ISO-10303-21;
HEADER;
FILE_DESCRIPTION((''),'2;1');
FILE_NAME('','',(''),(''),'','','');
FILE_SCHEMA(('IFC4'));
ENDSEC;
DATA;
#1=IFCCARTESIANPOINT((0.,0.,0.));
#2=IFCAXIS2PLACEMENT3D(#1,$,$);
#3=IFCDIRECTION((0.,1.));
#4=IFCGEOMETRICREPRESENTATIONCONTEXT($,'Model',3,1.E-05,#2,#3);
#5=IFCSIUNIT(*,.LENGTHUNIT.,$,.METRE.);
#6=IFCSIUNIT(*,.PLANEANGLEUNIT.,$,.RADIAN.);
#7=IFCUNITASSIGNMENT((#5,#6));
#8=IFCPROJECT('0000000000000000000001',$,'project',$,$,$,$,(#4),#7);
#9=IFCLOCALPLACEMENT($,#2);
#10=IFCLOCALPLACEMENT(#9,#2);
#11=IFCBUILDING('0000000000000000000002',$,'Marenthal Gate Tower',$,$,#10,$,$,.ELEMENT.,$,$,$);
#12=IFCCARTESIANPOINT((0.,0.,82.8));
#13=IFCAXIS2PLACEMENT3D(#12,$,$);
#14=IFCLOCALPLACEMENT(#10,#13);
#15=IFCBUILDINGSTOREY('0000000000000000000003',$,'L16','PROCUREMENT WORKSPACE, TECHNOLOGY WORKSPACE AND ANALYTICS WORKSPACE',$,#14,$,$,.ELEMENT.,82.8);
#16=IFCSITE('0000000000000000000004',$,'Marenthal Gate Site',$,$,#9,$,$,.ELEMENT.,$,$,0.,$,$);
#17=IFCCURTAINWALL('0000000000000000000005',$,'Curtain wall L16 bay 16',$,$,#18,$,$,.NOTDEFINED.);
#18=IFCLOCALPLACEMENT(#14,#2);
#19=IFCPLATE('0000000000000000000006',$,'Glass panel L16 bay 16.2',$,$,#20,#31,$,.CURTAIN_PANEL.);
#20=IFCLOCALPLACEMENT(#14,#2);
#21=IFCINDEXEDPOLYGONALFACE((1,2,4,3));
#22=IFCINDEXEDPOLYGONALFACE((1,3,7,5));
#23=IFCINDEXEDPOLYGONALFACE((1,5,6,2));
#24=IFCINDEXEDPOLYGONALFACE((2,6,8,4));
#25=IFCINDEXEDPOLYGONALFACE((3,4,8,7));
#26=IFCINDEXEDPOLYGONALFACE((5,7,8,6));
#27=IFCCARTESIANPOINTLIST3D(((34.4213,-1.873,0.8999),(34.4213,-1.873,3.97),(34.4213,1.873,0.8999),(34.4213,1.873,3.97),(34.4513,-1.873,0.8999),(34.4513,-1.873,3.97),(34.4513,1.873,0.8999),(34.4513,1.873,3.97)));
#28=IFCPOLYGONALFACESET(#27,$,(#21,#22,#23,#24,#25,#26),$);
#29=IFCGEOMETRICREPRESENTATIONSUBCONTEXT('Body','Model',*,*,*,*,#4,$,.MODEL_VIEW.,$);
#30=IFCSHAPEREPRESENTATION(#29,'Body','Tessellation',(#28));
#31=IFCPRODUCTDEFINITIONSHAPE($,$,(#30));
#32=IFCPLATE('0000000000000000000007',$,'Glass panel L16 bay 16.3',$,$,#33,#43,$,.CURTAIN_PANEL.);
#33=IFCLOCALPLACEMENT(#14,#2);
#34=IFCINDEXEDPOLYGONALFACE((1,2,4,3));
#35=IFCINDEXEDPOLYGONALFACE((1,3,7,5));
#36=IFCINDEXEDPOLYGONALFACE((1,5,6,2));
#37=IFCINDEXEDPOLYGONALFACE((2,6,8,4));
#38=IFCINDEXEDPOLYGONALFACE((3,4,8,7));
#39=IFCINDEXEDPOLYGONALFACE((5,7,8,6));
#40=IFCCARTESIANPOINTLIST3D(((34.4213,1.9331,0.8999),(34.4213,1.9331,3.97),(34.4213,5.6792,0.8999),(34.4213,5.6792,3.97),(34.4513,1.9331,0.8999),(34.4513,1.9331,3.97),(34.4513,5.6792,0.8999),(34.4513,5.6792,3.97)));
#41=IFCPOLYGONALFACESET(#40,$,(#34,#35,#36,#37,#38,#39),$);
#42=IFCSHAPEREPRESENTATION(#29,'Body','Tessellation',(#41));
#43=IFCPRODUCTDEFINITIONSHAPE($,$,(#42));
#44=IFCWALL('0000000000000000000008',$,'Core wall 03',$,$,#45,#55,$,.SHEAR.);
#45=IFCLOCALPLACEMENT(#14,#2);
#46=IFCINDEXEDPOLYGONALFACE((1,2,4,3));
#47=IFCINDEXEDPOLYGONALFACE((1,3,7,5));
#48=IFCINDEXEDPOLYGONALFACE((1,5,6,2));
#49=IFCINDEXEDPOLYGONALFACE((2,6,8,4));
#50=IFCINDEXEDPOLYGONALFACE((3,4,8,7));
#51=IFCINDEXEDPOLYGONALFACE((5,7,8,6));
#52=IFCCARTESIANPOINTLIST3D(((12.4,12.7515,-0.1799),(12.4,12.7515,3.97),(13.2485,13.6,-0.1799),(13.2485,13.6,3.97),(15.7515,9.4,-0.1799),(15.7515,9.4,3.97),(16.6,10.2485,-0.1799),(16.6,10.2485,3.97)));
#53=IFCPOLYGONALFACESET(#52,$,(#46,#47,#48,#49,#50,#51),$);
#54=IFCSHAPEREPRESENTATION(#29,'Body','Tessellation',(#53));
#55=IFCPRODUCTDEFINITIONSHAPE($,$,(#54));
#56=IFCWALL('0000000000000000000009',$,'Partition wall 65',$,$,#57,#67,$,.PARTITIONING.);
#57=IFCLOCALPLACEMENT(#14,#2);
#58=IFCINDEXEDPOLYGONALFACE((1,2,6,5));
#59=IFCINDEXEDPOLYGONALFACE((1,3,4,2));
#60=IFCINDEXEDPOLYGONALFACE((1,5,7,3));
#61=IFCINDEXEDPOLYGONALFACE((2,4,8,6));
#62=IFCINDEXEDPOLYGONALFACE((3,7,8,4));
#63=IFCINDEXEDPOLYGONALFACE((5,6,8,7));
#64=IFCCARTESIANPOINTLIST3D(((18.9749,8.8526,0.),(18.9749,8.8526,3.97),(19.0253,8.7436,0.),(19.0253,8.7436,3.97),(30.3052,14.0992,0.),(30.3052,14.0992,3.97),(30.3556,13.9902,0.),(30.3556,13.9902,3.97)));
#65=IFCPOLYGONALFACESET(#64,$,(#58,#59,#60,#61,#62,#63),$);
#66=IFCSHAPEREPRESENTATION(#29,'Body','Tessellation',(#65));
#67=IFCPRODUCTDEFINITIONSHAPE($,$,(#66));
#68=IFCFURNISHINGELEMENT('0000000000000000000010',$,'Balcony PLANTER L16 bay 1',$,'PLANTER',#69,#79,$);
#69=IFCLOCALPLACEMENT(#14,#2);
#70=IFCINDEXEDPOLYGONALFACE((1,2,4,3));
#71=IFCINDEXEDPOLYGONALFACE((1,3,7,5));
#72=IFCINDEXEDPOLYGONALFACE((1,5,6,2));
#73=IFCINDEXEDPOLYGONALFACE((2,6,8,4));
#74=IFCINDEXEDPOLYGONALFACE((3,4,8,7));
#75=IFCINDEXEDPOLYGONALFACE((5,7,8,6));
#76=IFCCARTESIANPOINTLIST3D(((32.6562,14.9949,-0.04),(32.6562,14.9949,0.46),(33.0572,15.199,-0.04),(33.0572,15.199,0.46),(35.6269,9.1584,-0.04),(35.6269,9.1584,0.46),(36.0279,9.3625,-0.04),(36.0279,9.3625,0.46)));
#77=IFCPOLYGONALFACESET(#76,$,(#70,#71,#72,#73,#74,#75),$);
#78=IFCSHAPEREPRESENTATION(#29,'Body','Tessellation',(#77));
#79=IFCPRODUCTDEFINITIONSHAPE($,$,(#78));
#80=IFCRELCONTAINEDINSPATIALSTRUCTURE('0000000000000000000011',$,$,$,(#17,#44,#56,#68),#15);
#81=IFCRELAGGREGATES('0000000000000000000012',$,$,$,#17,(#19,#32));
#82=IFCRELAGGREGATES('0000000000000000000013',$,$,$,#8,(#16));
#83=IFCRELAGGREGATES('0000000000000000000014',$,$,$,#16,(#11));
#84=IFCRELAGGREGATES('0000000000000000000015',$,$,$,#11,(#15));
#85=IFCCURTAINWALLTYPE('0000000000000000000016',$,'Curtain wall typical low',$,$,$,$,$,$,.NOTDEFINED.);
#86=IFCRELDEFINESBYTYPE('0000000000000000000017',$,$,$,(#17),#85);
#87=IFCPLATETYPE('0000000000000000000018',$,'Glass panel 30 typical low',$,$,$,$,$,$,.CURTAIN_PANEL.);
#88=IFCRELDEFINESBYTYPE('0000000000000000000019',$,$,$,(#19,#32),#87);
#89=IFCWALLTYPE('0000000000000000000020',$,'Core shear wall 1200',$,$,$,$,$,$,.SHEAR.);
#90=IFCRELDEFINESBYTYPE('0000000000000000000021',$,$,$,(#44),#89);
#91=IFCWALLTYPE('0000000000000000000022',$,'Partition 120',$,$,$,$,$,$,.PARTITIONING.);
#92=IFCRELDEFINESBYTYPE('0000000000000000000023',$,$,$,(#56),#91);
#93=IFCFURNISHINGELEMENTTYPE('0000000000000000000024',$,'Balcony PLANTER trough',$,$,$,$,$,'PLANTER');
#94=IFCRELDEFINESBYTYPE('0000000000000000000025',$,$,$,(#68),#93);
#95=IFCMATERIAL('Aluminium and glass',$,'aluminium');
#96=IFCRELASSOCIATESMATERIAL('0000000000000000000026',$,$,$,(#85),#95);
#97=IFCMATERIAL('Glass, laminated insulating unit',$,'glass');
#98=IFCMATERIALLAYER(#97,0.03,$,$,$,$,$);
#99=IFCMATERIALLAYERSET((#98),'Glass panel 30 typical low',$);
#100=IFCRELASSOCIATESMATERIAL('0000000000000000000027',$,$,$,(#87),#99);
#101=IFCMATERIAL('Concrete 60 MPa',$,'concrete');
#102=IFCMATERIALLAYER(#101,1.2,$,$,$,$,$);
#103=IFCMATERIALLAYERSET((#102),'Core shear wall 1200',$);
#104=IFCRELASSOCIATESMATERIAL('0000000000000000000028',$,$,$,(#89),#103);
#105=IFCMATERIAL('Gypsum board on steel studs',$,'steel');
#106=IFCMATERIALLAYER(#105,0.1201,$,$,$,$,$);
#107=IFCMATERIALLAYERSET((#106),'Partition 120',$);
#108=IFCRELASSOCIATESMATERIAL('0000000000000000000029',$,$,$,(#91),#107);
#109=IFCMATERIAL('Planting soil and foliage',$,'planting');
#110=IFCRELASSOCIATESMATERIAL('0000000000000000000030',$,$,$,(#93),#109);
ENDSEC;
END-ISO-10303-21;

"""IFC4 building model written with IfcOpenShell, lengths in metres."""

from ifc_helpers import new_model, si_unit, direction, frame, frame_2d, origin, origin_2d, place, context, subcontext, project, spatial, rectangle, extrude, material, layer, layer_set, type_object, element, aggregate, save


model = new_model("IFC4")

# Units and contexts
model_context = context("Model", 3, precision=1e-05, world=origin(), true_north=direction((0.0, 1.0)))
body_context = subcontext(model_context, "Body", "Model", "MODEL_VIEW")
ifc_project = project(units=[si_unit("LENGTHUNIT", "METRE"), si_unit("PLANEANGLEUNIT", "RADIAN")], contexts=[model_context])

# Site, building, storey
site_placement = place(None, origin())
site = spatial("IfcSite", under=ifc_project, at=site_placement, Name="Marenthal Gate Site", CompositionType="ELEMENT", RefElevation=0.0)
building_placement = place(site_placement, origin())
building = spatial("IfcBuilding", under=site, at=building_placement, Name="Marenthal Gate Tower", CompositionType="ELEMENT")
storey_placement = place(building_placement, frame((0.0, 0.0, 82.8)))
storey = spatial("IfcBuildingStorey", under=building, at=storey_placement, Name="L16", Description="PROCUREMENT WORKSPACE, TECHNOLOGY WORKSPACE AND ANALYTICS WORKSPACE", CompositionType="ELEMENT", Elevation=82.8)

# Curtain wall
ifc_material_1 = material(Name="Aluminium and glass", Category="aluminium")
curtain_wall_type = type_object("IfcCurtainWallType", Name="Curtain wall typical low", PredefinedType="NOTDEFINED", material=ifc_material_1)
curtain_wall_placement = place(storey_placement, origin())
curtain_wall = element("IfcCurtainWall", 1, at=curtain_wall_placement, inside=storey, type_object=curtain_wall_type, Name="Curtain wall L16 bay 16", PredefinedType="NOTDEFINED")

# Plates
ifc_material_2 = material(Name="Glass, laminated insulating unit", Category="glass")
ifc_layer_1 = layer(ifc_material_2, 0.03)
ifc_layer_set_1 = layer_set([ifc_layer_1], Name="Glass panel 30 typical low")
plate_type = type_object("IfcPlateType", Name="Glass panel 30 typical low", PredefinedType="CURTAIN_PANEL", material=ifc_layer_set_1)
plate_1_placement = place(storey_placement, frame((34.4363, 0.0, 0.8999), z_axis=(0.0, 0.0, 1.0), x_axis=(0.0, 1.0, 0.0)))
plate_1 = element("IfcPlate", 2, at=plate_1_placement, type_object=plate_type, Name="Glass panel L16 bay 16.2", PredefinedType="CURTAIN_PANEL", context=body_context, shape_type="SweptSolid", body=[
    extrude(rectangle(XDim=3.7461, YDim=0.03, at=origin_2d()), origin(), (0.0, 0.0, 1.0), 3.0701),
])
plate_2_placement = place(storey_placement, frame((34.4363, 3.8062, 0.8999), z_axis=(0.0, 0.0, 1.0), x_axis=(0.0, 1.0, 0.0)))
plate_2 = element("IfcPlate", 3, at=plate_2_placement, type_object=plate_type, Name="Glass panel L16 bay 16.3", PredefinedType="CURTAIN_PANEL", context=body_context, shape_type="SweptSolid", body=[
    extrude(rectangle(XDim=3.7461, YDim=0.03, at=origin_2d()), origin(), (0.0, 0.0, 1.0), 3.0701),
])
aggregate(curtain_wall, [plate_1, plate_2])

# Walls
ifc_material_3 = material(Name="Concrete 60 MPa", Category="concrete")
ifc_layer_2 = layer(ifc_material_3, 1.2)
ifc_layer_set_2 = layer_set([ifc_layer_2], Name="Core shear wall 1200")
wall_type_1 = type_object("IfcWallType", Name="Core shear wall 1200", PredefinedType="SHEAR", material=ifc_layer_set_2)
wall_1_placement = place(storey_placement, frame((16.1758, 9.8242, -0.1799), z_axis=(0.0, 0.0, 1.0), x_axis=(-0.707107, 0.707107, 0.0)))
element("IfcWall", 4, at=wall_1_placement, inside=storey, type_object=wall_type_1, Name="Core wall 03", PredefinedType="SHEAR", context=body_context, shape_type="SweptSolid", body=[
    extrude(rectangle(XDim=4.7397, YDim=1.2, at=frame_2d((2.3699, 0.0))), origin(), (0.0, 0.0, 1.0), 4.1499),
])
ifc_material_4 = material(Name="Gypsum board on steel studs", Category="steel")
ifc_layer_3 = layer(ifc_material_4, 0.1201)
ifc_layer_set_3 = layer_set([ifc_layer_3], Name="Partition 120")
wall_type_2 = type_object("IfcWallType", Name="Partition 120", PredefinedType="PARTITIONING", material=ifc_layer_set_3)
wall_2_placement = place(storey_placement, frame((19.0, 8.7981, 0.0), z_axis=(0.0, 0.0, 1.0), x_axis=(0.907434, 0.420194, 0.0)))
element("IfcWall", 5, at=wall_2_placement, inside=storey, type_object=wall_type_2, Name="Partition wall 65", PredefinedType="PARTITIONING", context=body_context, shape_type="SweptSolid", body=[
    extrude(rectangle(XDim=12.4861, YDim=0.1201, at=frame_2d((6.2432, 0.0))), origin(), (0.0, 0.0, 1.0), 3.97),
])

# Furnishing element
ifc_material_5 = material(Name="Planting soil and foliage", Category="planting")
furnishing_element_type = type_object("IfcFurnishingElementType", Name="Balcony PLANTER trough", ElementType="PLANTER", material=ifc_material_5)
furnishing_placement = place(storey_placement, frame((34.342, 12.1787, -0.04), z_axis=(0.0, 0.0, 1.0), x_axis=(-0.453616, 0.891197, 0.0)))
element("IfcFurnishingElement", 6, at=furnishing_placement, inside=storey, type_object=furnishing_element_type, Name="Balcony PLANTER L16 bay 1", ObjectType="PLANTER", context=body_context, shape_type="SweptSolid", body=[
    extrude(rectangle(XDim=6.5491, YDim=0.45, at=origin_2d()), origin(), (0.0, 0.0, 1.0), 0.5),
])

save(model, "model.ifc")
